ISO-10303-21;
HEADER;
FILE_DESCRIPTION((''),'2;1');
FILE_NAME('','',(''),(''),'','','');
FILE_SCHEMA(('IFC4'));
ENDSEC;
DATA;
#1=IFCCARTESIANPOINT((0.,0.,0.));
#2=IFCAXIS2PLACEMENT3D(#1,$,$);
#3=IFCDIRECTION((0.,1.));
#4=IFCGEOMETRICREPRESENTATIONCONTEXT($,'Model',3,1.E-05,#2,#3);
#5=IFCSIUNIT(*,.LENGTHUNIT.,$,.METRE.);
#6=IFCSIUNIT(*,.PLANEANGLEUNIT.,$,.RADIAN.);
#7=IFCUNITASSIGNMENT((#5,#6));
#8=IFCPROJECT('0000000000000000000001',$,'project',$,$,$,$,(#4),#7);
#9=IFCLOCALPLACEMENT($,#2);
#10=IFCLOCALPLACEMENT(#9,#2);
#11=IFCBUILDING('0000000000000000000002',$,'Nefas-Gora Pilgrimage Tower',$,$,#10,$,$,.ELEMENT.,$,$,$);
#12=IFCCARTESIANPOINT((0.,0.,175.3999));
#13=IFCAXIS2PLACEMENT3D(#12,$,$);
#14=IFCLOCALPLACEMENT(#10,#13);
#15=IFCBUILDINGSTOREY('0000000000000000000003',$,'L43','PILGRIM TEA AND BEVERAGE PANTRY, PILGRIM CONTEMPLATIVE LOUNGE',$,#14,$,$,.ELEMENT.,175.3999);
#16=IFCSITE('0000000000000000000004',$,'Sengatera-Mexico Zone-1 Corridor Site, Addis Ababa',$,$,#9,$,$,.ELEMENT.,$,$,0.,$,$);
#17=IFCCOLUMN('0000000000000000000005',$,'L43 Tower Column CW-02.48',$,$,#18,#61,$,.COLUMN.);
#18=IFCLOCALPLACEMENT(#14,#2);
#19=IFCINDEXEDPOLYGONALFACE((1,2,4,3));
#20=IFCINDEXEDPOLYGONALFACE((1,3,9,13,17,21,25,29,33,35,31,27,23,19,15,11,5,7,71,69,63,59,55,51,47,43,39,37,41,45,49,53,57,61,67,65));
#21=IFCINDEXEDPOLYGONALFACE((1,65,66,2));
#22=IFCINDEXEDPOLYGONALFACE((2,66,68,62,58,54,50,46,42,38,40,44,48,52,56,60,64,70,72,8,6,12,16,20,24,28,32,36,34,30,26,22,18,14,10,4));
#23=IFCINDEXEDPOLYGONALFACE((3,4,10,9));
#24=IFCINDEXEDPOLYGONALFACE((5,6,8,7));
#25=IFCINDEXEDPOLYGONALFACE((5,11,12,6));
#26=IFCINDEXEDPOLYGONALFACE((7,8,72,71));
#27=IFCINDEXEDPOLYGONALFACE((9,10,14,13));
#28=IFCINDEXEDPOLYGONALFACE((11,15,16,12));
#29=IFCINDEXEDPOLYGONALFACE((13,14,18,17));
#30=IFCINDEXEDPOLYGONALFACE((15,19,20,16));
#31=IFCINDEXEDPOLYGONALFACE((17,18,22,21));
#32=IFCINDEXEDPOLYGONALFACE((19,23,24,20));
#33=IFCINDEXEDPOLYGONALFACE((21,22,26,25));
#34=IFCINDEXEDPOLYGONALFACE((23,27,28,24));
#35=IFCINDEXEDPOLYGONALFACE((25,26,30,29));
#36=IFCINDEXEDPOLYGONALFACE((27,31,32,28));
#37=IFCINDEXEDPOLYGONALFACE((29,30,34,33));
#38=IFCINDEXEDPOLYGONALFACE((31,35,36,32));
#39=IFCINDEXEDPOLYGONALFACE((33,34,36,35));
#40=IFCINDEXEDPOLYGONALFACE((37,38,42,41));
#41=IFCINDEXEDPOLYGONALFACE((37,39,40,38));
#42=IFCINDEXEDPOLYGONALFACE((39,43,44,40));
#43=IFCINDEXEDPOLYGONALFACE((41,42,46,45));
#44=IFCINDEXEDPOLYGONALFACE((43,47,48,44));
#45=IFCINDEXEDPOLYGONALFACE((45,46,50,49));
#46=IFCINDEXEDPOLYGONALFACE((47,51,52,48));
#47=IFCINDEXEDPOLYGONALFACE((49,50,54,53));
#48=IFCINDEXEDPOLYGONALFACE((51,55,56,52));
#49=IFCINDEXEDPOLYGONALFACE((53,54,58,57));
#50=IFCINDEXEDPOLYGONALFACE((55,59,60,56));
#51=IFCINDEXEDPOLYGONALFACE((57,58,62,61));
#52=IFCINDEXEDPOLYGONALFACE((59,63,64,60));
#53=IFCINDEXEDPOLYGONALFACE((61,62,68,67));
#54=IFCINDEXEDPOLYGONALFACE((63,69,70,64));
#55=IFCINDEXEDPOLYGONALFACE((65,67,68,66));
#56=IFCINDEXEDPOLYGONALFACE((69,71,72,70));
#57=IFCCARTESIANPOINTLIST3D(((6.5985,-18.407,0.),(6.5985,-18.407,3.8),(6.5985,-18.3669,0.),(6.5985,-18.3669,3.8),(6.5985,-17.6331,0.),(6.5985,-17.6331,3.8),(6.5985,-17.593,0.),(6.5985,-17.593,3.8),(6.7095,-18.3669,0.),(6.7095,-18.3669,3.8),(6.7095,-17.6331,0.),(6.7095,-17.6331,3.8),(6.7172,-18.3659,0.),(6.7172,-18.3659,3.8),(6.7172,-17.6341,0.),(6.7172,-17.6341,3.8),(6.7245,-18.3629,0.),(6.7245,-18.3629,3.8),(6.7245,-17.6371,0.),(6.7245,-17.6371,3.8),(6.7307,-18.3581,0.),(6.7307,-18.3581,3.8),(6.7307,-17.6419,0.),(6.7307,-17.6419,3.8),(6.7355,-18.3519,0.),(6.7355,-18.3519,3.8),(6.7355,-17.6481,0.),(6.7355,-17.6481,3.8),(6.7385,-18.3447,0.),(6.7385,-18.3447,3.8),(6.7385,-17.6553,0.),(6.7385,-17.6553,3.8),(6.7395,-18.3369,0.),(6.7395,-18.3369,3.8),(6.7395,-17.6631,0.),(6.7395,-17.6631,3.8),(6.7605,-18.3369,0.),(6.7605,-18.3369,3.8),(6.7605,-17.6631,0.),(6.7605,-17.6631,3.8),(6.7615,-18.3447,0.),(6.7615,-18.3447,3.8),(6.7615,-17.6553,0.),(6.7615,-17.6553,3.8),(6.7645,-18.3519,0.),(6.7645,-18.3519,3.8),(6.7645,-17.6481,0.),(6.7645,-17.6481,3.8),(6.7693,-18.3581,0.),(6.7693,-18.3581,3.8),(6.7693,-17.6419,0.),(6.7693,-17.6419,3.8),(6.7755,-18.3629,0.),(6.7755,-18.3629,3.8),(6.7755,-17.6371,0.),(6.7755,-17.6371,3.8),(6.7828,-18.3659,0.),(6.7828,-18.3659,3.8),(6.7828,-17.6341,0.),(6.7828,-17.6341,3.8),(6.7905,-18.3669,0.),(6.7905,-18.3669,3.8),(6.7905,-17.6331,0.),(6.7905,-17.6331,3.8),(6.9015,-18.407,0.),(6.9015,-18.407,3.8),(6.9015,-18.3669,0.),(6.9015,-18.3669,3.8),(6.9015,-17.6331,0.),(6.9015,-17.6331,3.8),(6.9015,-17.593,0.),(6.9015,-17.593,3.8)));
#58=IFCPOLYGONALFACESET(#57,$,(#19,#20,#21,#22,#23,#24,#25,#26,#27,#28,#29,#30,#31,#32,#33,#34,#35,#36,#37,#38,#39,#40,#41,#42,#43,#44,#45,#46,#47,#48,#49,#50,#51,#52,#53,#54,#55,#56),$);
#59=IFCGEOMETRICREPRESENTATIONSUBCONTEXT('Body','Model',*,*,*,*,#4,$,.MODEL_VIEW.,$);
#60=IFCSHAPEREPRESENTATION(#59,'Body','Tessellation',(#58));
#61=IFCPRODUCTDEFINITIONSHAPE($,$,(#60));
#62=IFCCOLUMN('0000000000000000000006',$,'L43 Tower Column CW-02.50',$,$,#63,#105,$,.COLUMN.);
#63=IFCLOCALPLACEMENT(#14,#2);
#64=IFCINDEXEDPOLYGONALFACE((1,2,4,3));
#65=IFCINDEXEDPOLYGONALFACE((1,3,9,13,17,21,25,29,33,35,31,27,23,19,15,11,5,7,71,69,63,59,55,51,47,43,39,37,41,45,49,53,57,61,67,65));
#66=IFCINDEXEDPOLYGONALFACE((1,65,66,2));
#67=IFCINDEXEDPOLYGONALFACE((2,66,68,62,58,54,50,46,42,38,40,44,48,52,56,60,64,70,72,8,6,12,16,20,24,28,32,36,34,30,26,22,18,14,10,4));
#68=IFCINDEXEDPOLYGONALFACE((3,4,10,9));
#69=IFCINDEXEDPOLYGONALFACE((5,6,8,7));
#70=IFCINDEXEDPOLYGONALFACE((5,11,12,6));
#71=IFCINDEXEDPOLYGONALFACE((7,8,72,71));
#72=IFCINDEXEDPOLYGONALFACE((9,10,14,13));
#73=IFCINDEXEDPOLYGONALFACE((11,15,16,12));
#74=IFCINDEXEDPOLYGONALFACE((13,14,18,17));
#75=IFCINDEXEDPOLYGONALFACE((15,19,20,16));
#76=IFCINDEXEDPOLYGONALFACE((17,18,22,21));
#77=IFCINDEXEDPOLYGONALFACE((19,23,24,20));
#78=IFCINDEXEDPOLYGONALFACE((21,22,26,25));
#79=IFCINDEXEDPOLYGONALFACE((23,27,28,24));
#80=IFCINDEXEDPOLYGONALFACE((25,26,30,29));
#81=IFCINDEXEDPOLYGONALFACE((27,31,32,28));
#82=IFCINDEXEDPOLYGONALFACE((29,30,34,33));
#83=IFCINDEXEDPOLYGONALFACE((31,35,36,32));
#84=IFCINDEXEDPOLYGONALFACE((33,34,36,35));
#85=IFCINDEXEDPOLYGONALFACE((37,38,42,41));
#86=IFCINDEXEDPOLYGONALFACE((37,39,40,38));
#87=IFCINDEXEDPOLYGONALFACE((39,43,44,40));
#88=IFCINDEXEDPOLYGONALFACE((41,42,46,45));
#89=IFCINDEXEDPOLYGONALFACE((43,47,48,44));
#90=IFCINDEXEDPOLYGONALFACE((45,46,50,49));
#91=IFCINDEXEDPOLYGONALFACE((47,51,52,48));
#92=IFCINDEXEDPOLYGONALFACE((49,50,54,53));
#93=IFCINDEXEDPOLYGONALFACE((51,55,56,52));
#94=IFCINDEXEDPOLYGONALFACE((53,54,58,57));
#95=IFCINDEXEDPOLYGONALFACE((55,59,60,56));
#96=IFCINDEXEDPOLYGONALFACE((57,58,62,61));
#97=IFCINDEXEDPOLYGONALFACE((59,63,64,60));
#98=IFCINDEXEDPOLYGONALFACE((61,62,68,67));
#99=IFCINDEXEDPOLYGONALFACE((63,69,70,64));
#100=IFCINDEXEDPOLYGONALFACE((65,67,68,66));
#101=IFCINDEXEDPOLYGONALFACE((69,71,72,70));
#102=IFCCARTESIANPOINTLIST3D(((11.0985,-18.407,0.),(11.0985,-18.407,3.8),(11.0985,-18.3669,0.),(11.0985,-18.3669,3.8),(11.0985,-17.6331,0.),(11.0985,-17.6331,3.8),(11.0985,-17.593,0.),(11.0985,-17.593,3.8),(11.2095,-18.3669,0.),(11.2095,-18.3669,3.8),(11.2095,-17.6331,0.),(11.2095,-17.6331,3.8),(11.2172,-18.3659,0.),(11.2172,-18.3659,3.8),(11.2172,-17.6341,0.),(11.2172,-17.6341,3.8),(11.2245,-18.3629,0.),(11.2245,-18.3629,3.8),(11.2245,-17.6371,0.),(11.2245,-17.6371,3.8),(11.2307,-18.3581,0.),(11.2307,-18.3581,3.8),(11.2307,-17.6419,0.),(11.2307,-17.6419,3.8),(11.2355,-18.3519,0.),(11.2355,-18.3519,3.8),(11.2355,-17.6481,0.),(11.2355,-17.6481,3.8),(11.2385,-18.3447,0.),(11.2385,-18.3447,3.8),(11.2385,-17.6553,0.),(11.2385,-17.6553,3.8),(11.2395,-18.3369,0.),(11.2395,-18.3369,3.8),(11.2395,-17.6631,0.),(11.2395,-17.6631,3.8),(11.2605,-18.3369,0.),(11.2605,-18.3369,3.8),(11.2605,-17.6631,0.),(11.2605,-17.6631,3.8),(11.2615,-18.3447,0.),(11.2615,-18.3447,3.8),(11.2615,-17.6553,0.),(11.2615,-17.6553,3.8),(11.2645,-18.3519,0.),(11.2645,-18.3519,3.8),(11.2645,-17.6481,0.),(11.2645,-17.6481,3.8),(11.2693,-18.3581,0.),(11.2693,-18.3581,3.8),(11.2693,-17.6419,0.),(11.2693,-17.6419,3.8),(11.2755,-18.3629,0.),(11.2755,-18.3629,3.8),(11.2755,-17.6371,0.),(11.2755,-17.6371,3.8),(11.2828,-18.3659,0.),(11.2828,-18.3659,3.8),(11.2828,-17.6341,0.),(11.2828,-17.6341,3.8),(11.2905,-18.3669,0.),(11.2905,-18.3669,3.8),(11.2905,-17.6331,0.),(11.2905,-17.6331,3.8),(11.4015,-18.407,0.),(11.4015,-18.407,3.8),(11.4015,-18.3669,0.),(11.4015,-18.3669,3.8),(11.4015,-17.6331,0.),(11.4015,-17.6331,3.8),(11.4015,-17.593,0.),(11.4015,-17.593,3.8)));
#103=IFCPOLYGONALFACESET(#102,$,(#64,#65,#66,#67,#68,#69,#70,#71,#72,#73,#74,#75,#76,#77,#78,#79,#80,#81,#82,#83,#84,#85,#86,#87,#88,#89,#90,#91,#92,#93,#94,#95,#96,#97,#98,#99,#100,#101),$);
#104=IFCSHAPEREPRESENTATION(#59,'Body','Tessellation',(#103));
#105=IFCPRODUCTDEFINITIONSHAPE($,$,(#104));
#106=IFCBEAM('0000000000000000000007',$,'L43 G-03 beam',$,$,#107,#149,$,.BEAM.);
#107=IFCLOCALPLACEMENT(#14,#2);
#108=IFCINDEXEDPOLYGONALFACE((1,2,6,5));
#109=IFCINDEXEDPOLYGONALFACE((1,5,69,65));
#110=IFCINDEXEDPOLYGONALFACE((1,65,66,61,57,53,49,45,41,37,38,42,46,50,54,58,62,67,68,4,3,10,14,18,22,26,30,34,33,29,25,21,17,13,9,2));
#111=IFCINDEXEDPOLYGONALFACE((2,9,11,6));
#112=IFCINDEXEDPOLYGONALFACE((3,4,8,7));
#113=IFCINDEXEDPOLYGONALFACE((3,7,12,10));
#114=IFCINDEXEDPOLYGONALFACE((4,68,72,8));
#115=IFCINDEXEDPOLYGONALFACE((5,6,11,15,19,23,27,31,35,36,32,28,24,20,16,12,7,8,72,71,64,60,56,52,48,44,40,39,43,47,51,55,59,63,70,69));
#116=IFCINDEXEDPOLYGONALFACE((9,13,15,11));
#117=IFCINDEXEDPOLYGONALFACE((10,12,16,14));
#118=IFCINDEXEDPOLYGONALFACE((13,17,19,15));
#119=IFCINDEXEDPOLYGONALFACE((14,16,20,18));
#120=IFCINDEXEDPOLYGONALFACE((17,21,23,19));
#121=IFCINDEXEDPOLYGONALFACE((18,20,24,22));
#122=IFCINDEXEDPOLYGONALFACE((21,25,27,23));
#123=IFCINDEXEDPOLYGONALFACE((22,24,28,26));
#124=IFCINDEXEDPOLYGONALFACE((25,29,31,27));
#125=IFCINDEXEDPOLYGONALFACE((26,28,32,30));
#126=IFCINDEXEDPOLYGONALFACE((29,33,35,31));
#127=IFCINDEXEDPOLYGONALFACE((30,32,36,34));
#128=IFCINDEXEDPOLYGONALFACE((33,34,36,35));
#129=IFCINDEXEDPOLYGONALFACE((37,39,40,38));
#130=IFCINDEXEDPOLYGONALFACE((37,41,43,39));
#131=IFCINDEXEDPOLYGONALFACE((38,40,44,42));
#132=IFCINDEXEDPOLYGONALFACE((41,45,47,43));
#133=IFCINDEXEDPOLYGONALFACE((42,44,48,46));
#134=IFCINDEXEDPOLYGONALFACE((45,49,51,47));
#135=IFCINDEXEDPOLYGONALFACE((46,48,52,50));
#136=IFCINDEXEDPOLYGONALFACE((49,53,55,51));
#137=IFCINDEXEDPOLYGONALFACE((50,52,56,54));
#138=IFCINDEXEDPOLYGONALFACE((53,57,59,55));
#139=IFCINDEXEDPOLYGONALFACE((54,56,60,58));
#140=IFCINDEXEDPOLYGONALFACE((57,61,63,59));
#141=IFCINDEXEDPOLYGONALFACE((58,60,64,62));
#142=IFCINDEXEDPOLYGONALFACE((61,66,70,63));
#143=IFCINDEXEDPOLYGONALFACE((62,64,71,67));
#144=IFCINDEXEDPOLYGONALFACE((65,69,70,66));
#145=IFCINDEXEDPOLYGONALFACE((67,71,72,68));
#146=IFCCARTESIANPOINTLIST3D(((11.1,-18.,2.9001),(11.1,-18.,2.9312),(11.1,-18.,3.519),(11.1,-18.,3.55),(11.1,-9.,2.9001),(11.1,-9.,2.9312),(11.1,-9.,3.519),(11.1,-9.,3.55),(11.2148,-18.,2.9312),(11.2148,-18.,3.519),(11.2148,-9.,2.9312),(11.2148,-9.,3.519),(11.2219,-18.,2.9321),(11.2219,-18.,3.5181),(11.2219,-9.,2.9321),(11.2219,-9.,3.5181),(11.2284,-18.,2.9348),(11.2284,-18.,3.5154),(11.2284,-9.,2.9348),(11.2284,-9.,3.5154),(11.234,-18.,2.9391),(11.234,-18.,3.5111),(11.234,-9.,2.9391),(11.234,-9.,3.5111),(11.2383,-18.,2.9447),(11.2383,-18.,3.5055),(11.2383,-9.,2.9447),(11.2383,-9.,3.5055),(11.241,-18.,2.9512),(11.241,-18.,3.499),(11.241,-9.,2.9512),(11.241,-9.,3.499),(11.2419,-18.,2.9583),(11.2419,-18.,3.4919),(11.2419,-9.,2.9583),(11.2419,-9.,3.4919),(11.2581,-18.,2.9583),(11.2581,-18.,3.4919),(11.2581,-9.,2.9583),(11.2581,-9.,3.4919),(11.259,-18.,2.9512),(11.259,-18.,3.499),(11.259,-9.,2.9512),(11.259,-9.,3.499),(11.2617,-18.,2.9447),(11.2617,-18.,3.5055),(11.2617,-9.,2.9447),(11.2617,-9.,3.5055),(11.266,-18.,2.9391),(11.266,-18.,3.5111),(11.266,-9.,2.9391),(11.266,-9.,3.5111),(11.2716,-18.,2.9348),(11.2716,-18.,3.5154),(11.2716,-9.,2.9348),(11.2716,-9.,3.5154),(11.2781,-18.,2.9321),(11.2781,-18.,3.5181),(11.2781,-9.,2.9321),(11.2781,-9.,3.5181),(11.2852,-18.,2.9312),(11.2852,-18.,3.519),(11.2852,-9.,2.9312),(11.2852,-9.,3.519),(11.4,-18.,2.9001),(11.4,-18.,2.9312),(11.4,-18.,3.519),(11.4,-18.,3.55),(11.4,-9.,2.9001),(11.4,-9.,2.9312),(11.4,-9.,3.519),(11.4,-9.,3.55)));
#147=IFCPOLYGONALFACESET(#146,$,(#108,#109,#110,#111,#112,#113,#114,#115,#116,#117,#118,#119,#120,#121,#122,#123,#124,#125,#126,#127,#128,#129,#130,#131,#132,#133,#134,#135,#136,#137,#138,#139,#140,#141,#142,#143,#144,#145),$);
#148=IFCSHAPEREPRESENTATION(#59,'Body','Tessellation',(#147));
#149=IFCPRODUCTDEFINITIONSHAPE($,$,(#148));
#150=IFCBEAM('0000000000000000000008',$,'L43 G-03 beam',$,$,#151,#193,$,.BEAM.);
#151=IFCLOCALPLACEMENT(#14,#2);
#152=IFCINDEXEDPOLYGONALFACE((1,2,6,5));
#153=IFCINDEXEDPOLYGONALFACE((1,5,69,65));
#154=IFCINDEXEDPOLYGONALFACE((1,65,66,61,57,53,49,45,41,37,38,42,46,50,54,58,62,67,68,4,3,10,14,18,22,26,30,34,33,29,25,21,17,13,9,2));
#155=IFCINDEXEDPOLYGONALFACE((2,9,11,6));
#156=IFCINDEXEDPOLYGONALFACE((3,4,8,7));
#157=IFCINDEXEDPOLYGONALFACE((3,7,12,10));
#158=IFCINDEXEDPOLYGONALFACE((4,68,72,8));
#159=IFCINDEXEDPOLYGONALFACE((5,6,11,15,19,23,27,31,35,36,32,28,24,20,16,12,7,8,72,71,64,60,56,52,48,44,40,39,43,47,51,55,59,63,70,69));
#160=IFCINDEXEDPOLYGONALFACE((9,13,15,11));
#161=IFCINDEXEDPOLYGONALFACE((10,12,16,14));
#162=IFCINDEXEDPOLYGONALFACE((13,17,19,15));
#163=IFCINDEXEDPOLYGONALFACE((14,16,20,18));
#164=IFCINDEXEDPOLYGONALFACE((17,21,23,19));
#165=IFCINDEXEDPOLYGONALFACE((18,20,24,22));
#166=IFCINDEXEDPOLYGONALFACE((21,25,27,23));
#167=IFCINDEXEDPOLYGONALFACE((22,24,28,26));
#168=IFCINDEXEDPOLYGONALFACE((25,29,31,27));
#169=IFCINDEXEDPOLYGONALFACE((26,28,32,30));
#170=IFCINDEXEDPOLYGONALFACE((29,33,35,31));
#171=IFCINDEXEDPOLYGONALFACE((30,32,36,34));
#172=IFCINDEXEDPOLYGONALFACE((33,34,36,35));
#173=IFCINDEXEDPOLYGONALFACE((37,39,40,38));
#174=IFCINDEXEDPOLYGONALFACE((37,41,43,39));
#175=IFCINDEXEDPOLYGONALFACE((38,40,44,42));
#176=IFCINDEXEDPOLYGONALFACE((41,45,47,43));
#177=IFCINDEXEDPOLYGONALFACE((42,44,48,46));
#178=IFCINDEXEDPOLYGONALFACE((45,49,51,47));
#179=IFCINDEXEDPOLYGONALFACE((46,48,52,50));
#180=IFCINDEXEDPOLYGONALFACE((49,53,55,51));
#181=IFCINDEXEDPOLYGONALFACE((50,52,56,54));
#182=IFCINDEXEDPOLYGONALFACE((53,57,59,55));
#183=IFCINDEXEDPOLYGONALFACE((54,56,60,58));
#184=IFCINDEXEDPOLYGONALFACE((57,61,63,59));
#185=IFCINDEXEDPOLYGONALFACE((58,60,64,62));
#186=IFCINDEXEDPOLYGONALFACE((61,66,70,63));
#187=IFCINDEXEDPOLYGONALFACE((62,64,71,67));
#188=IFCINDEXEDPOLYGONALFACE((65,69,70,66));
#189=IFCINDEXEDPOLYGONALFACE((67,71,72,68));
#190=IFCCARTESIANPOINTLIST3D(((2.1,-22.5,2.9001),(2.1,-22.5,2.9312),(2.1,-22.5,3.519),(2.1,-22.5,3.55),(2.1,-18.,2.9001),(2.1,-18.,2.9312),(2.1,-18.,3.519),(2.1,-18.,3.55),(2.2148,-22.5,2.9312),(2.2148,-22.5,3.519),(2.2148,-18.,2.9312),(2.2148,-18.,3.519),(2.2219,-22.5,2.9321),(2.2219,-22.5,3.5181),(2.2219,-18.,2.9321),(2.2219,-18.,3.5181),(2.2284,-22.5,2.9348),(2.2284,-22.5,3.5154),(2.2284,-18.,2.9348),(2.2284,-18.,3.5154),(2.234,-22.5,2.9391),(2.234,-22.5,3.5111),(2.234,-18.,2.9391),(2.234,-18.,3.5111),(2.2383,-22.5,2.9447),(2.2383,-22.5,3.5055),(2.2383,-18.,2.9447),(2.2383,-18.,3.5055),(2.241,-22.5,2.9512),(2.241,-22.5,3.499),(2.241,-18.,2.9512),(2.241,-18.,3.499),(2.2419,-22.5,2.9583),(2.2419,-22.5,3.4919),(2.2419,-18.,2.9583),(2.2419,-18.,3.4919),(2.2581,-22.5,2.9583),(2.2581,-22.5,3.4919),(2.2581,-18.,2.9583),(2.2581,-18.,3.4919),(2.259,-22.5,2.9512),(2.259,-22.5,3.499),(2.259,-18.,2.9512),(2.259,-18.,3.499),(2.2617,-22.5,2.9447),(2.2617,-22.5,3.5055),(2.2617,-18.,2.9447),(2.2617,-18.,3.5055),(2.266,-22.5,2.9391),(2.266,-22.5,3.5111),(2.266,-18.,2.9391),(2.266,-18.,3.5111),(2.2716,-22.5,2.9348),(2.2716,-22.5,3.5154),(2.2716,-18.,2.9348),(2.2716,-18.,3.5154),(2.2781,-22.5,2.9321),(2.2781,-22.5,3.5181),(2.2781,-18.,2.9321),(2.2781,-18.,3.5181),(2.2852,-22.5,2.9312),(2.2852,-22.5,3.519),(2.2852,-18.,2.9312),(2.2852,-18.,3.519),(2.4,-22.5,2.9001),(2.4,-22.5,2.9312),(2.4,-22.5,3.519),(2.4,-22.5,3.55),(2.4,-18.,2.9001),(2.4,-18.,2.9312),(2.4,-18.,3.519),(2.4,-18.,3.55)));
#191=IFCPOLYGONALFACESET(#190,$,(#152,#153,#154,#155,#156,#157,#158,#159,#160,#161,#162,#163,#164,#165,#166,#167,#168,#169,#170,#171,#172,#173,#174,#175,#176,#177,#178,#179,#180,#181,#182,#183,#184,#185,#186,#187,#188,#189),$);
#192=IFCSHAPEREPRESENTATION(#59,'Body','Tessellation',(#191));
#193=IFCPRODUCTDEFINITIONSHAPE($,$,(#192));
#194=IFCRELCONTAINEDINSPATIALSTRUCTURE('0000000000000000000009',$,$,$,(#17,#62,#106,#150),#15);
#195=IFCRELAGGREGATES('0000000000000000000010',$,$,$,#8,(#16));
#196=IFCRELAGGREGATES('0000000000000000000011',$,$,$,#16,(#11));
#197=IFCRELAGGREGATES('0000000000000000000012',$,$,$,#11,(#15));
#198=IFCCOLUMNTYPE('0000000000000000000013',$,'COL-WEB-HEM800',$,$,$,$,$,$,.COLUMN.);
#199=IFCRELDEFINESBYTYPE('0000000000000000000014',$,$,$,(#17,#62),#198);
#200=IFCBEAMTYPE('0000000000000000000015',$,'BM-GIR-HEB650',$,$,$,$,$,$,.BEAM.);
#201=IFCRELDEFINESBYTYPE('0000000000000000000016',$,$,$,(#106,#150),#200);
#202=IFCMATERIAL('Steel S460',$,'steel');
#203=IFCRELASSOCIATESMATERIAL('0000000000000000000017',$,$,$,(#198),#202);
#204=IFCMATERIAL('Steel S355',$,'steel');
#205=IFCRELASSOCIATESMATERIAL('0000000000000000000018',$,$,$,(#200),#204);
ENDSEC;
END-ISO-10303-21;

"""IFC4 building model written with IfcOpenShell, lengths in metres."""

from ifc_helpers import new_model, si_unit, direction, frame, origin, origin_2d, place, context, subcontext, project, spatial, i_section, extrude, source, transform, mapped, material, material_profile, profile_set, type_object, element, save


model = new_model("IFC4")

# Units and contexts
model_context = context("Model", 3, precision=1e-05, world=origin(), true_north=direction((0.0, 1.0)))
body_context = subcontext(model_context, "Body", "Model", "MODEL_VIEW")
ifc_project = project(units=[si_unit("LENGTHUNIT", "METRE"), si_unit("PLANEANGLEUNIT", "RADIAN")], contexts=[model_context])

# Site, building, storey
site_placement = place(None, origin())
site = spatial("IfcSite", under=ifc_project, at=site_placement, Name="Sengatera-Mexico Zone-1 Corridor Site, Addis Ababa", CompositionType="ELEMENT", RefElevation=0.0)
building_placement = place(site_placement, origin())
building = spatial("IfcBuilding", under=site, at=building_placement, Name="Nefas-Gora Pilgrimage Tower", CompositionType="ELEMENT")
storey_placement = place(building_placement, frame((0.0, 0.0, 175.3999)))
storey = spatial("IfcBuildingStorey", under=building, at=storey_placement, Name="L43", Description="PILGRIM TEA AND BEVERAGE PANTRY, PILGRIM CONTEMPLATIVE LOUNGE", CompositionType="ELEMENT", Elevation=175.3999)

# Columns
ifc_material_1 = material(Name="Steel S460", Category="steel")
ifc_material_profile_1 = material_profile(ifc_material_1, i_section(OverallWidth=0.303, OverallDepth=0.814, WebThickness=0.021, FlangeThickness=0.04, FilletRadius=0.03, at=origin_2d()), Name="HEM 800")
ifc_profile_set_1 = profile_set([ifc_material_profile_1], Name="Steel S460")
column_type_1 = type_object("IfcColumnType", Name="COL-WEB-HEM800", PredefinedType="COLUMN", material=ifc_profile_set_1)
shared_shape_1 = source(origin(), body_context, "Body", "SweptSolid", [
    extrude(i_section(OverallWidth=0.303, OverallDepth=0.814, WebThickness=0.021, FlangeThickness=0.04, FilletRadius=0.03, at=origin_2d()), origin(), (0.0, 0.0, 1.0), 3.8),
])
for number, where, z_axis, x_axis, name in (
    (1, (6.75, -18.0, 0.0), (0.0, 0.0, 1.0), (1.0, 0.0, 0.0), "L43 Tower Column CW-02.48"),
    (2, (11.25, -18.0, 0.0), (0.0, 0.0, 1.0), (1.0, 0.0, 0.0), "L43 Tower Column CW-02.50"),
):
    element("IfcColumn", number, at=place(storey_placement, frame(where, z_axis=z_axis, x_axis=x_axis)), inside=storey, type_object=column_type_1, Name=name, PredefinedType="COLUMN", context=body_context, shape_type="MappedRepresentation", body=[
        mapped(shared_shape_1, transform((0.0, 0.0, 0.0), x_axis=(1.0, 0.0, 0.0), y_axis=(0.0, 1.0, 0.0), z_axis=(0.0, 0.0, 1.0), scale=1.0)),
    ])

# Beams
ifc_material_2 = material(Name="Steel S355", Category="steel")
ifc_material_profile_2 = material_profile(ifc_material_2, i_section(OverallWidth=0.3, OverallDepth=0.6499, WebThickness=0.0161, FlangeThickness=0.031, FilletRadius=0.0271, at=origin_2d()), Name="HEB 650")
ifc_profile_set_2 = profile_set([ifc_material_profile_2], Name="Steel S355")
beam_type = type_object("IfcBeamType", Name="BM-GIR-HEB650", PredefinedType="BEAM", material=ifc_profile_set_2)
shared_shape_2 = source(origin(), body_context, "Body", "SweptSolid", [
    extrude(i_section(OverallWidth=0.3, OverallDepth=0.6499, WebThickness=0.0161, FlangeThickness=0.031, FilletRadius=0.0271, at=origin_2d()), origin(), (0.0, 0.0, 1.0), 9.0),
])
beam_placement = place(storey_placement, frame((11.25, -18.0, 3.2251), z_axis=(0.0, 1.0, 0.0), x_axis=(-1.0, 0.0, 0.0)))
element("IfcBeam", 3, at=beam_placement, inside=storey, type_object=beam_type, Name="L43 G-03 beam", PredefinedType="BEAM", context=body_context, shape_type="MappedRepresentation", body=[
    mapped(shared_shape_2, transform((0.0, 0.0, 0.0), x_axis=(1.0, 0.0, 0.0), y_axis=(0.0, 1.0, 0.0), z_axis=(0.0, 0.0, 1.0), scale=1.0)),
])
shared_shape_3 = source(origin(), body_context, "Body", "SweptSolid", [
    extrude(i_section(OverallWidth=0.3, OverallDepth=0.6499, WebThickness=0.0161, FlangeThickness=0.031, FilletRadius=0.0271, at=origin_2d()), origin(), (0.0, 0.0, 1.0), 4.5),
])
for number, where, z_axis, x_axis, name in (
    (4, (2.25, -22.5, 3.2251), (0.0, 1.0, 0.0), (-1.0, 0.0, 0.0), "L43 G-03 beam"),
):
    element("IfcBeam", number, at=place(storey_placement, frame(where, z_axis=z_axis, x_axis=x_axis)), inside=storey, type_object=beam_type, Name=name, PredefinedType="BEAM", context=body_context, shape_type="MappedRepresentation", body=[
        mapped(shared_shape_3, transform((0.0, 0.0, 0.0), x_axis=(1.0, 0.0, 0.0), y_axis=(0.0, 1.0, 0.0), z_axis=(0.0, 0.0, 1.0), scale=1.0)),
    ])

save(model, "model.ifc")
